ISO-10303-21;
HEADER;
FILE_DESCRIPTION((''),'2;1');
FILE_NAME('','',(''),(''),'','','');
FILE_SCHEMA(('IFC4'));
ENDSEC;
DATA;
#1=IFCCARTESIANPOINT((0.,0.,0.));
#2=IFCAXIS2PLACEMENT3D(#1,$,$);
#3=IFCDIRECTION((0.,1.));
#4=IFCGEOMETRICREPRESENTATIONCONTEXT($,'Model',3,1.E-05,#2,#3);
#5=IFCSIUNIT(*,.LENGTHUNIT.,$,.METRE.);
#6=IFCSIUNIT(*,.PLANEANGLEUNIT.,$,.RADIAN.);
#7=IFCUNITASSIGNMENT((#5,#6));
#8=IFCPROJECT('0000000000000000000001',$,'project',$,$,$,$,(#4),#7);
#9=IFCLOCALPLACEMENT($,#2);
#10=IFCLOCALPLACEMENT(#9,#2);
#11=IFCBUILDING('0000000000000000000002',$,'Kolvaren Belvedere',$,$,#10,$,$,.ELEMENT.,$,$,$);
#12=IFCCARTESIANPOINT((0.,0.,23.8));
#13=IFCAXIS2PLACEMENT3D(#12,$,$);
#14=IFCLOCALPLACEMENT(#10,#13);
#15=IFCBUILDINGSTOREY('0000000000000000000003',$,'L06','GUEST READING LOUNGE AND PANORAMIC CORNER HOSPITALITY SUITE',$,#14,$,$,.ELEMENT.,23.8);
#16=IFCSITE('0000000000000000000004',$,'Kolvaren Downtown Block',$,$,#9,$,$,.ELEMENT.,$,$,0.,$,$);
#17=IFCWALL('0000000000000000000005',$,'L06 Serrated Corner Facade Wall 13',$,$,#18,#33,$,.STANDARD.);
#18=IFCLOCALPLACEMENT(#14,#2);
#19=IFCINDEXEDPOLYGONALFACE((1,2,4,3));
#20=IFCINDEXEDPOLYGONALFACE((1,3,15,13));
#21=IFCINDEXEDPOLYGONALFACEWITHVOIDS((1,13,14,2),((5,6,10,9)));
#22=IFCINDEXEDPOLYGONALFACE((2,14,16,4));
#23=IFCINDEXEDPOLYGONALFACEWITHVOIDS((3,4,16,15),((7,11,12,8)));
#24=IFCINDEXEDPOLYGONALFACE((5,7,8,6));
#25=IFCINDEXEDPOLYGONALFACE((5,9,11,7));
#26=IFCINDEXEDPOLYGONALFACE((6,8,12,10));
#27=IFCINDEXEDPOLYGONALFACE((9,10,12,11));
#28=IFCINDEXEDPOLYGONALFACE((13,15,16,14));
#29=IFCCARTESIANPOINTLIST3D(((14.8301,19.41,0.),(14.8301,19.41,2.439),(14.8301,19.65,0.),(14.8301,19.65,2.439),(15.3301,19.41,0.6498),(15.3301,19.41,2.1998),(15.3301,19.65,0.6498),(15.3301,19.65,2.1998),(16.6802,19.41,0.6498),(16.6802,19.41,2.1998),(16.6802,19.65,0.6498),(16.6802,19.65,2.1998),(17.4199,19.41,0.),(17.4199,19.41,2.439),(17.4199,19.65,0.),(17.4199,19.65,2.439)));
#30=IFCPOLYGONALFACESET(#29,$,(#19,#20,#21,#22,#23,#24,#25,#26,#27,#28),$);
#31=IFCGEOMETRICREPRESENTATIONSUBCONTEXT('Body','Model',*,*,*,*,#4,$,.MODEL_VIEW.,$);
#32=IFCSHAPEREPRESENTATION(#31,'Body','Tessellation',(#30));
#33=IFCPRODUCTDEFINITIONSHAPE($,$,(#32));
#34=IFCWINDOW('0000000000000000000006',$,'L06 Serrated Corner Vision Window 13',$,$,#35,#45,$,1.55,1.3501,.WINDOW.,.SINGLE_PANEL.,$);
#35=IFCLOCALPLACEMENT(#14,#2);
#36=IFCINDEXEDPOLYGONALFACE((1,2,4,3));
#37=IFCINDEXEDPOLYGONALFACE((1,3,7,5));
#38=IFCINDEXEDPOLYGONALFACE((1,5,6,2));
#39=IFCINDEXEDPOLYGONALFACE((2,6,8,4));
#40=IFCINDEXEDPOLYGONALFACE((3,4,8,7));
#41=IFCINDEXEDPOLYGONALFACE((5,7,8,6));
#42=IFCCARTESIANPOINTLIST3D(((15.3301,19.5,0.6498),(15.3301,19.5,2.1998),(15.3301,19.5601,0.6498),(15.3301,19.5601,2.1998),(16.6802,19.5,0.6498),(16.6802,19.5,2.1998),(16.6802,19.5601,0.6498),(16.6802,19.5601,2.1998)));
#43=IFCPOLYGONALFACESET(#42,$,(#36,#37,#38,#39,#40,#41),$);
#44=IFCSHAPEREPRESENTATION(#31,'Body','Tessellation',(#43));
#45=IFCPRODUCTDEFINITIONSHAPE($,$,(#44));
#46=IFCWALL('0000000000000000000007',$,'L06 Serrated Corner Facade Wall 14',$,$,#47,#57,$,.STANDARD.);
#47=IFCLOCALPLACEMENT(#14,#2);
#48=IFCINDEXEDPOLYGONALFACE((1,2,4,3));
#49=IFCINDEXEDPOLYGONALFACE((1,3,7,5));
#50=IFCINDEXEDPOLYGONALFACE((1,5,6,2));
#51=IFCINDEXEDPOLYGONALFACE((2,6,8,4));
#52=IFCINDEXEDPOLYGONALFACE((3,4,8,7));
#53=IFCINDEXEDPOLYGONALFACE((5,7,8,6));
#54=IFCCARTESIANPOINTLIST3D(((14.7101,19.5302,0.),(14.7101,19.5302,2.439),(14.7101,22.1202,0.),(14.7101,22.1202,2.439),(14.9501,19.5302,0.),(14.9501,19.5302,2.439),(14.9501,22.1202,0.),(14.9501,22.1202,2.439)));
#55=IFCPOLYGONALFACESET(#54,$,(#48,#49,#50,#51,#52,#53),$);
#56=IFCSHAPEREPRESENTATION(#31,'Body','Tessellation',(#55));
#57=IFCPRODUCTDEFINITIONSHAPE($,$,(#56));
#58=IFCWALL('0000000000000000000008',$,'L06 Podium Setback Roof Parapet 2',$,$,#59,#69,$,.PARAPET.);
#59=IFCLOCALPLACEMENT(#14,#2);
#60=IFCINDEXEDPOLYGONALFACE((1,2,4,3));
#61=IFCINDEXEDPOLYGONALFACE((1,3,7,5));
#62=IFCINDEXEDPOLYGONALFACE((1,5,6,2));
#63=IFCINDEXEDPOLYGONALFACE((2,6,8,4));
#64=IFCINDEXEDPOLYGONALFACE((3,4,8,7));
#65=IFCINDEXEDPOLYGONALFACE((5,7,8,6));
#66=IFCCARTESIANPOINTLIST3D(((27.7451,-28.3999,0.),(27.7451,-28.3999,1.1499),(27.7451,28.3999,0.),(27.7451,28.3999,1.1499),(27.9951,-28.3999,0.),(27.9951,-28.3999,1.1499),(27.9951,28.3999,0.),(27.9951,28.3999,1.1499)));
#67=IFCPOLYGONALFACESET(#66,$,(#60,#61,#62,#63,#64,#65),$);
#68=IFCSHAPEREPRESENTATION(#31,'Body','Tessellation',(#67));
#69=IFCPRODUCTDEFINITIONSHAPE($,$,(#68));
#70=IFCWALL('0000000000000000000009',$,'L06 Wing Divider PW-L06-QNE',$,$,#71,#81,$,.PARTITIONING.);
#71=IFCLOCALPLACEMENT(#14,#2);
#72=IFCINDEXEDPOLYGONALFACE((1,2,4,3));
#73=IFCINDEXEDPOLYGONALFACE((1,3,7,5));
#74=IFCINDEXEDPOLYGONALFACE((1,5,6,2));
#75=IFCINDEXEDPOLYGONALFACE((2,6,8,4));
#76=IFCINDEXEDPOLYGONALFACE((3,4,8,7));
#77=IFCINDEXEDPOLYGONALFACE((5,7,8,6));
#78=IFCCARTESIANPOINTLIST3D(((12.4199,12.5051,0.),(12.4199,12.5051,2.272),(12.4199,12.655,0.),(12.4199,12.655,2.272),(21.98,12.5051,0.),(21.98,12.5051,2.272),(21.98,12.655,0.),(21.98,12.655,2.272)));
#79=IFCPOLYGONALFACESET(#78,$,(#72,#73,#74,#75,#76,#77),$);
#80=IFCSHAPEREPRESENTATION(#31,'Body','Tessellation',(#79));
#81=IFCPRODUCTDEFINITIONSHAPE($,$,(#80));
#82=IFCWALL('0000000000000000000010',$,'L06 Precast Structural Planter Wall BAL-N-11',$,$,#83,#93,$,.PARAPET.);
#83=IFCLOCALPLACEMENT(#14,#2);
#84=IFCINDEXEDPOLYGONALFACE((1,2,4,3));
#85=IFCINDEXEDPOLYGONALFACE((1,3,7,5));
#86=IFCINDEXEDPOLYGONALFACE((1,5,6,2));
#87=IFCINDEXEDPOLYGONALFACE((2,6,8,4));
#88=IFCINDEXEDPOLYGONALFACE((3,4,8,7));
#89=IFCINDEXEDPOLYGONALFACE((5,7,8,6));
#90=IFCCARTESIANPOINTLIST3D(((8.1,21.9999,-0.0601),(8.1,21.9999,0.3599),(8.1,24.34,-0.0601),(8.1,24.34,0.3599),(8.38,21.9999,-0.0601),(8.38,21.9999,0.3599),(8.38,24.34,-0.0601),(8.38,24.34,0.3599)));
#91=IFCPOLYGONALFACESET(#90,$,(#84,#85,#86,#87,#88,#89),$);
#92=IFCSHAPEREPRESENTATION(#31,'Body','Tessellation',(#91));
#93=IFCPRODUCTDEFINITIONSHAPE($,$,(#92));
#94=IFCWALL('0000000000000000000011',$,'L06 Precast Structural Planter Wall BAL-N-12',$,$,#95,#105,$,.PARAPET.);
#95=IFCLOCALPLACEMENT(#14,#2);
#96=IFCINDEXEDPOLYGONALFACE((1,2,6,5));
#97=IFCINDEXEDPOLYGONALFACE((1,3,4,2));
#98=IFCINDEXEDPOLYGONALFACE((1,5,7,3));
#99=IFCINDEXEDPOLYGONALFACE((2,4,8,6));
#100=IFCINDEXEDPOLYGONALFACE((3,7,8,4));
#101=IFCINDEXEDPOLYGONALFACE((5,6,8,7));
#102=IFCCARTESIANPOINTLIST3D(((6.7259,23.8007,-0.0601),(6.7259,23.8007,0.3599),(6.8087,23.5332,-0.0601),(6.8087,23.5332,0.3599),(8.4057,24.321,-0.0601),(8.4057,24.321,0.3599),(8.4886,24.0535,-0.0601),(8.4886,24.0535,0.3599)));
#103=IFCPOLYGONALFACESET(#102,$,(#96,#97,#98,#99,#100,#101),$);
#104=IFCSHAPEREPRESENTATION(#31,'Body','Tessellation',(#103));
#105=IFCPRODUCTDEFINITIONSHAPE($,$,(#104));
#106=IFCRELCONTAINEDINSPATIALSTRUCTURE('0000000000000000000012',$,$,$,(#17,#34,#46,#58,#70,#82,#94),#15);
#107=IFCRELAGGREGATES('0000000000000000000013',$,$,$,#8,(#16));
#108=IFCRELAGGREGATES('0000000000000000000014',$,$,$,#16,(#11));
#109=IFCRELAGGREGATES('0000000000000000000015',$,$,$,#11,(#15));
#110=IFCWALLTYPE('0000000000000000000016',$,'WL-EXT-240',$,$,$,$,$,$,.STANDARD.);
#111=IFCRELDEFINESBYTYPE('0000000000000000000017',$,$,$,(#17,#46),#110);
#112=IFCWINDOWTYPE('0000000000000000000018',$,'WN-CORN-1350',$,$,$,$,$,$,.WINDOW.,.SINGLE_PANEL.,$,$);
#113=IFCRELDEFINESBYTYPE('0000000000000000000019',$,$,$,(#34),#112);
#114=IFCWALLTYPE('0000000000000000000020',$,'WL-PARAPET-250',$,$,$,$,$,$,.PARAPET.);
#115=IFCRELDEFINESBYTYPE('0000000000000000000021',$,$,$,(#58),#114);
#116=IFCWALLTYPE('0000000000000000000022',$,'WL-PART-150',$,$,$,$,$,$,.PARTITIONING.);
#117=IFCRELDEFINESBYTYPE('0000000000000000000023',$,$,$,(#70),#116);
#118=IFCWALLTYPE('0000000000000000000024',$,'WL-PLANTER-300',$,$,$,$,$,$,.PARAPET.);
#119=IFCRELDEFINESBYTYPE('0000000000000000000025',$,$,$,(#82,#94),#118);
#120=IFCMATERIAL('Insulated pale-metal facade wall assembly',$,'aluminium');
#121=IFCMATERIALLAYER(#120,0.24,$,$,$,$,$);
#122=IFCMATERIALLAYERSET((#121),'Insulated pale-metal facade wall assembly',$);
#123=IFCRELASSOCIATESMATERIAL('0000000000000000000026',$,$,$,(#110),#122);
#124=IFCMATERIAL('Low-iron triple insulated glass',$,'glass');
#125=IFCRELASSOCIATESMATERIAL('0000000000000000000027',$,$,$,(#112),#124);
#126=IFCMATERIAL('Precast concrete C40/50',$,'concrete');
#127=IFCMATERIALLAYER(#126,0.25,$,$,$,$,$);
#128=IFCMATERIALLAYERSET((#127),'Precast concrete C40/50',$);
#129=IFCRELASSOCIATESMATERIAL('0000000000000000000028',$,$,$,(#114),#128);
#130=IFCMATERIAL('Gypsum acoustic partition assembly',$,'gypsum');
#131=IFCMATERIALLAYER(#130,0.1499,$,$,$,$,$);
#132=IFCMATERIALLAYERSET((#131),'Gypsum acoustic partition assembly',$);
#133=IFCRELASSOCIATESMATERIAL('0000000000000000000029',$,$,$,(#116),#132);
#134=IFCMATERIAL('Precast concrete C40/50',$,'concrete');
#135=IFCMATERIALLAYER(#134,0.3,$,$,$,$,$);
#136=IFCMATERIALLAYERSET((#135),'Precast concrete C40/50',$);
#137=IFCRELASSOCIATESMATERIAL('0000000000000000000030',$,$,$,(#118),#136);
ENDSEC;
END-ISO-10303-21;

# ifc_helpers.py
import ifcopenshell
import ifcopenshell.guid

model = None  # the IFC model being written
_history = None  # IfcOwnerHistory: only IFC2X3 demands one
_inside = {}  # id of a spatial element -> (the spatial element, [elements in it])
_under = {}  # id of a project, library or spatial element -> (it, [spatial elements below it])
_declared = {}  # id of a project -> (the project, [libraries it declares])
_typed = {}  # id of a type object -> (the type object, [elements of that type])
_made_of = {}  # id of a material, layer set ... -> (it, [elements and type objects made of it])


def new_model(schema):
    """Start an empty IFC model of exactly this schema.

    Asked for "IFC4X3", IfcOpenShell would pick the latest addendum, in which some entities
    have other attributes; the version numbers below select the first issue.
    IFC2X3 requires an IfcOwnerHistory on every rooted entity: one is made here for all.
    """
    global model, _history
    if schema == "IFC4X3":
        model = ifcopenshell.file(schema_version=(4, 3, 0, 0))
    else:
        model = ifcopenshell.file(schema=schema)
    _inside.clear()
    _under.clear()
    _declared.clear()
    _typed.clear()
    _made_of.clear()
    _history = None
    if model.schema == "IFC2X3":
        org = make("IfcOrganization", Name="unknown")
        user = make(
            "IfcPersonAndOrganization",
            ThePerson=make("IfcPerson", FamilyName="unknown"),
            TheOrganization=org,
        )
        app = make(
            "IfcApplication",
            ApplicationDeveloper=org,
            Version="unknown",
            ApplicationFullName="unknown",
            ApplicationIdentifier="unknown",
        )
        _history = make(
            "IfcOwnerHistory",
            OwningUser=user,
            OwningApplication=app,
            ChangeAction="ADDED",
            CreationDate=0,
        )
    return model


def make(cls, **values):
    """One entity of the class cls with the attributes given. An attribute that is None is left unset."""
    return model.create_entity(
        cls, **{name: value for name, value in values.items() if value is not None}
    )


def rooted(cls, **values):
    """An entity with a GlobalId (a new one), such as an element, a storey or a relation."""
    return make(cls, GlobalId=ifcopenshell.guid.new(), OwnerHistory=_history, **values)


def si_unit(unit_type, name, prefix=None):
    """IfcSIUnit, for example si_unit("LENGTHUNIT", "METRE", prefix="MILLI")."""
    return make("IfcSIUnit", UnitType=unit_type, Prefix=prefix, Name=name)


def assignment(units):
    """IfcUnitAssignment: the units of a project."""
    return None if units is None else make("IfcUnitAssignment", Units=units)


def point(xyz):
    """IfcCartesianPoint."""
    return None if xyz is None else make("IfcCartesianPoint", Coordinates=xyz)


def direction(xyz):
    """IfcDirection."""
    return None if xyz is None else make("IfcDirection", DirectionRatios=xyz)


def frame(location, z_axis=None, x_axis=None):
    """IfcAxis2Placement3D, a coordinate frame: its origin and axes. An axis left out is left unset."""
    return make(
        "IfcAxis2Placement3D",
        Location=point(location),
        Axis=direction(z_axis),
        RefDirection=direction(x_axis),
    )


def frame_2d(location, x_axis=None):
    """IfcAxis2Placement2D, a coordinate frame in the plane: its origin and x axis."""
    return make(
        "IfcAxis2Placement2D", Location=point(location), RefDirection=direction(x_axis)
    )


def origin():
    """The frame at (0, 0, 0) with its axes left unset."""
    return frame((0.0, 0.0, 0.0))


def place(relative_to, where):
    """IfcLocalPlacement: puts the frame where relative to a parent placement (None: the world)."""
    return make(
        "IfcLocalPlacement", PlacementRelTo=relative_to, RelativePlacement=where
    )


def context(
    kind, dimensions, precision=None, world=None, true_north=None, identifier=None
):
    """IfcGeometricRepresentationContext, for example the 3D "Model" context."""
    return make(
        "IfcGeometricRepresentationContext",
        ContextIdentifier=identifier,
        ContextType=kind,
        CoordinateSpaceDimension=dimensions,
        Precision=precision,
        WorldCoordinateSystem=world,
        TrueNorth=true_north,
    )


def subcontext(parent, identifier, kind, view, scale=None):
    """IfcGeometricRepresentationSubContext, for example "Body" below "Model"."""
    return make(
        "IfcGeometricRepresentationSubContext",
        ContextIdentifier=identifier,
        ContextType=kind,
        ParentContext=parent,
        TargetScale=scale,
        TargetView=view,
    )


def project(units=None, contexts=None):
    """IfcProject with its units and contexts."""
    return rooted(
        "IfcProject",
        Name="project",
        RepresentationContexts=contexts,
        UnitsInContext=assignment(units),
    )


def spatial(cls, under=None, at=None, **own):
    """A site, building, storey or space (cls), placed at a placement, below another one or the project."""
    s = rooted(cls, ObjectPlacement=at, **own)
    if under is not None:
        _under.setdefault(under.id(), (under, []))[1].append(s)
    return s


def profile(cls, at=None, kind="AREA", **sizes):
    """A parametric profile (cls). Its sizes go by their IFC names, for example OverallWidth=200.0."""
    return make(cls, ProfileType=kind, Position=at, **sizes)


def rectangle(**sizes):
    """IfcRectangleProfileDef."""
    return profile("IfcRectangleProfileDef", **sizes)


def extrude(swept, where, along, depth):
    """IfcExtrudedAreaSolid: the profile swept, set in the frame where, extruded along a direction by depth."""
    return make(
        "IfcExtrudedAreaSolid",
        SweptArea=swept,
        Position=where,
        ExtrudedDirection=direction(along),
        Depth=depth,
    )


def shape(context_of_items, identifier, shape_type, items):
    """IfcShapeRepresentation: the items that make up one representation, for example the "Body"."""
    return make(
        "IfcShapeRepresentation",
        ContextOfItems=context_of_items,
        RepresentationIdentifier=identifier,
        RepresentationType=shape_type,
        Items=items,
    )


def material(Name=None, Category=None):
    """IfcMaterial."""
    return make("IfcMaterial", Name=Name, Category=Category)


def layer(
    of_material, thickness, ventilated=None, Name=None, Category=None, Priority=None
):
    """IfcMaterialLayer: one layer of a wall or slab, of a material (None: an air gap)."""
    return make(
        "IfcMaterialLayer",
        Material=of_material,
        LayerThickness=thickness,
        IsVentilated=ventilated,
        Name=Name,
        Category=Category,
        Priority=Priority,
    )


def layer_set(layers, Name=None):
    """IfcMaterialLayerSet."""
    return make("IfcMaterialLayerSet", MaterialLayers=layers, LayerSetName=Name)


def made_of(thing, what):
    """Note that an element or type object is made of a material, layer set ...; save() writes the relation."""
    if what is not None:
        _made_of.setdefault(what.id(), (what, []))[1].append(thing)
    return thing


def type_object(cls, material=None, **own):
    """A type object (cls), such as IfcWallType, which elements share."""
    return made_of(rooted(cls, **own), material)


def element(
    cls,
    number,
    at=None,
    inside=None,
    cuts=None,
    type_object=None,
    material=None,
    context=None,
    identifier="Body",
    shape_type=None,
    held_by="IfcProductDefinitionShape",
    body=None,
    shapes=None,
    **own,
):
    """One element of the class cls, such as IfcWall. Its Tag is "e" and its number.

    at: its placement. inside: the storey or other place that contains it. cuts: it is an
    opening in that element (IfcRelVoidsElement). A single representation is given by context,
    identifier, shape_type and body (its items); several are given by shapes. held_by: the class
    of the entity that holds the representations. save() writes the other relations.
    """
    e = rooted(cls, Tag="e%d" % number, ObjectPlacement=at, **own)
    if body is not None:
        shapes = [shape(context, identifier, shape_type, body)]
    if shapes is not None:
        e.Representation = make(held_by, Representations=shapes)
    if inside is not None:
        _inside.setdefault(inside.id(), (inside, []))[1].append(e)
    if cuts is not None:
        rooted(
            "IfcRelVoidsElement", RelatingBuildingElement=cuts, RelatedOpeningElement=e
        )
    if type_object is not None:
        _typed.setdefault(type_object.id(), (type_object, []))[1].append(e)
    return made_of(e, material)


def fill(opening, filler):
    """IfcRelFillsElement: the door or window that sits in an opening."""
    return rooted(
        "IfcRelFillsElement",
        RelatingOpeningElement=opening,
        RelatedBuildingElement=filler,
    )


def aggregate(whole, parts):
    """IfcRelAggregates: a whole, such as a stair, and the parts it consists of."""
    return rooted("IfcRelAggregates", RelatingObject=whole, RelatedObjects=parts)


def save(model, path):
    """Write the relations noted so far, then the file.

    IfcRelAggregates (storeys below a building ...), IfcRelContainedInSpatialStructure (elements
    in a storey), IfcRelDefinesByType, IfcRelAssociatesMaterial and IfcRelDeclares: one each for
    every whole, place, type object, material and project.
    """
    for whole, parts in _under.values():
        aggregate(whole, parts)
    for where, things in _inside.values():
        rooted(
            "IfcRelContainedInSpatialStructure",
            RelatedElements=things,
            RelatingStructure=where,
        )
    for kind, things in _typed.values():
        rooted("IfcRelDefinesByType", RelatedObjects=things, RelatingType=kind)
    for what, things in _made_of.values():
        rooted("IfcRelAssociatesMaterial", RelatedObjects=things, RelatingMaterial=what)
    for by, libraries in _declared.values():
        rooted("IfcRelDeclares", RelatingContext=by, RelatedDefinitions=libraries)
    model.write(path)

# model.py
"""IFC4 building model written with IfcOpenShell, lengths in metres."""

from ifc_helpers import new_model, si_unit, direction, frame, frame_2d, origin, place, context, subcontext, project, spatial, rectangle, extrude, material, layer, layer_set, type_object, element, fill, save


model = new_model("IFC4")

# Units and contexts
model_context = context("Model", 3, precision=1e-05, world=origin(), true_north=direction((0.0, 1.0)))
body_context = subcontext(model_context, "Body", "Model", "MODEL_VIEW")
ifc_project = project(units=[si_unit("LENGTHUNIT", "METRE"), si_unit("PLANEANGLEUNIT", "RADIAN")], contexts=[model_context])

# Site, building, storey
site_placement = place(None, origin())
site = spatial("IfcSite", under=ifc_project, at=site_placement, Name="Kolvaren Downtown Block", CompositionType="ELEMENT", RefElevation=0.0)
building_placement = place(site_placement, origin())
building = spatial("IfcBuilding", under=site, at=building_placement, Name="Kolvaren Belvedere", CompositionType="ELEMENT")
storey_placement = place(building_placement, frame((0.0, 0.0, 23.8)))
storey = spatial("IfcBuildingStorey", under=building, at=storey_placement, Name="L06", Description="GUEST READING LOUNGE AND PANORAMIC CORNER HOSPITALITY SUITE", CompositionType="ELEMENT", Elevation=23.8)

# Shared definitions
ifc_material_1 = material(Name="Insulated pale-metal facade wall assembly", Category="aluminium")
ifc_layer_1 = layer(ifc_material_1, 0.24)
ifc_layer_set_1 = layer_set([ifc_layer_1], Name="Insulated pale-metal facade wall assembly")
wall_type_1 = type_object("IfcWallType", Name="WL-EXT-240", PredefinedType="STANDARD", material=ifc_layer_set_1)

# Wall, opening, window
ifc_material_2 = material(Name="Low-iron triple insulated glass", Category="glass")
window_type = type_object("IfcWindowType", Name="WN-CORN-1350", PartitioningType="SINGLE_PANEL", PredefinedType="WINDOW", material=ifc_material_2)
wall_1_placement = place(storey_placement, frame((14.8301, 19.53, 0.0), z_axis=(0.0, 0.0, 1.0), x_axis=(1.0, 0.0, 0.0)))
wall_1 = element("IfcWall", 1, at=wall_1_placement, inside=storey, type_object=wall_type_1, Name="L06 Serrated Corner Facade Wall 13", PredefinedType="STANDARD", context=body_context, shape_type="SweptSolid", body=[
    extrude(rectangle(XDim=2.5898, YDim=0.24, at=frame_2d((1.2949, 0.0))), origin(), (0.0, 0.0, 1.0), 2.439),
])
opening_1_placement = place(wall_1_placement, frame((0.5, 0.0, 0.6499)))
opening_1 = element("IfcOpeningElement", 2, at=opening_1_placement, cuts=wall_1, PredefinedType="OPENING", context=body_context, shape_type="SweptSolid", body=[
    extrude(rectangle(XDim=1.3501, YDim=1.55, at=frame_2d((0.675, 0.7749))), frame((0.0, 0.1299, 0.0), z_axis=(0.0, -1.0, 0.0), x_axis=(1.0, 0.0, 0.0)), (0.0, 0.0, 1.0), 0.26),
])
window_1_placement = place(opening_1_placement, origin())
window_1 = element("IfcWindow", 3, at=window_1_placement, inside=storey, type_object=window_type, Name="L06 Serrated Corner Vision Window 13", OverallHeight=1.55, OverallWidth=1.3501, PartitioningType="SINGLE_PANEL", PredefinedType="WINDOW", context=body_context, shape_type="SweptSolid", body=[
    extrude(rectangle(XDim=1.3501, YDim=1.55, at=frame_2d((0.675, 0.7749))), frame((0.0, 0.03, 0.0), z_axis=(0.0, -1.0, 0.0), x_axis=(1.0, 0.0, 0.0)), (0.0, 0.0, 1.0), 0.0601),
])
fill(opening_1, window_1)

# Walls
wall_2_placement = place(storey_placement, frame((14.8301, 22.1201, 0.0), z_axis=(0.0, 0.0, 1.0), x_axis=(0.0, -1.0, 0.0)))
element("IfcWall", 4, at=wall_2_placement, inside=storey, type_object=wall_type_1, Name="L06 Serrated Corner Facade Wall 14", PredefinedType="STANDARD", context=body_context, shape_type="SweptSolid", body=[
    extrude(rectangle(XDim=2.5901, YDim=0.24, at=frame_2d((1.2949, 0.0))), origin(), (0.0, 0.0, 1.0), 2.439),
])
ifc_material_3 = material(Name="Precast concrete C40/50", Category="concrete")
ifc_layer_2 = layer(ifc_material_3, 0.25)
ifc_layer_set_2 = layer_set([ifc_layer_2], Name="Precast concrete C40/50")
wall_type_2 = type_object("IfcWallType", Name="WL-PARAPET-250", PredefinedType="PARAPET", material=ifc_layer_set_2)
wall_3_placement = place(storey_placement, frame((27.8701, 28.3999, 0.0), z_axis=(0.0, 0.0, 1.0), x_axis=(0.0, -1.0, 0.0)))
element("IfcWall", 5, at=wall_3_placement, inside=storey, type_object=wall_type_2, Name="L06 Podium Setback Roof Parapet 2", PredefinedType="PARAPET", context=body_context, shape_type="SweptSolid", body=[
    extrude(rectangle(XDim=56.7998, YDim=0.25, at=frame_2d((28.3999, 0.0))), origin(), (0.0, 0.0, 1.0), 1.1499),
])
ifc_material_4 = material(Name="Gypsum acoustic partition assembly", Category="gypsum")
ifc_layer_3 = layer(ifc_material_4, 0.1499)
ifc_layer_set_3 = layer_set([ifc_layer_3], Name="Gypsum acoustic partition assembly")
wall_type_3 = type_object("IfcWallType", Name="WL-PART-150", PredefinedType="PARTITIONING", material=ifc_layer_set_3)
wall_4_placement = place(storey_placement, frame((12.4199, 12.5801, 0.0), z_axis=(0.0, 0.0, 1.0), x_axis=(1.0, 0.0, 0.0)))
element("IfcWall", 6, at=wall_4_placement, inside=storey, type_object=wall_type_3, Name="L06 Wing Divider PW-L06-QNE", PredefinedType="PARTITIONING", context=body_context, shape_type="SweptSolid", body=[
    extrude(rectangle(XDim=9.5601, YDim=0.1499, at=frame_2d((4.78, 0.0))), origin(), (0.0, 0.0, 1.0), 2.272),
])
ifc_material_5 = material(Name="Precast concrete C40/50", Category="concrete")
ifc_layer_4 = layer(ifc_material_5, 0.3)
ifc_layer_set_4 = layer_set([ifc_layer_4], Name="Precast concrete C40/50")
wall_type_4 = type_object("IfcWallType", Name="WL-PLANTER-300", PredefinedType="PARAPET", material=ifc_layer_set_4)
wall_5_placement = place(storey_placement, frame((8.24, 22.0, -0.0601), z_axis=(0.0, 0.0, 1.0), x_axis=(0.0, 1.0, 0.0)))
element("IfcWall", 7, at=wall_5_placement, inside=storey, type_object=wall_type_4, Name="L06 Precast Structural Planter Wall BAL-N-11", PredefinedType="PARAPET", context=body_context, shape_type="SweptSolid", body=[
    extrude(rectangle(XDim=2.3401, YDim=0.28, at=frame_2d((1.1699, 0.0))), origin(), (0.0, 0.0, 1.0), 0.4199),
])
wall_6_placement = place(storey_placement, frame((8.4473, 24.1873, -0.0601), z_axis=(0.0, 0.0, 1.0), x_axis=(-0.95524, -0.295832, 0.0)))
element("IfcWall", 8, at=wall_6_placement, inside=storey, type_object=wall_type_4, Name="L06 Precast Structural Planter Wall BAL-N-12", PredefinedType="PARAPET", context=body_context, shape_type="SweptSolid", body=[
    extrude(rectangle(XDim=1.7585, YDim=0.28, at=frame_2d((0.8794, 0.0))), origin(), (0.0, 0.0, 1.0), 0.4199),
])

save(model, "model.ifc")
